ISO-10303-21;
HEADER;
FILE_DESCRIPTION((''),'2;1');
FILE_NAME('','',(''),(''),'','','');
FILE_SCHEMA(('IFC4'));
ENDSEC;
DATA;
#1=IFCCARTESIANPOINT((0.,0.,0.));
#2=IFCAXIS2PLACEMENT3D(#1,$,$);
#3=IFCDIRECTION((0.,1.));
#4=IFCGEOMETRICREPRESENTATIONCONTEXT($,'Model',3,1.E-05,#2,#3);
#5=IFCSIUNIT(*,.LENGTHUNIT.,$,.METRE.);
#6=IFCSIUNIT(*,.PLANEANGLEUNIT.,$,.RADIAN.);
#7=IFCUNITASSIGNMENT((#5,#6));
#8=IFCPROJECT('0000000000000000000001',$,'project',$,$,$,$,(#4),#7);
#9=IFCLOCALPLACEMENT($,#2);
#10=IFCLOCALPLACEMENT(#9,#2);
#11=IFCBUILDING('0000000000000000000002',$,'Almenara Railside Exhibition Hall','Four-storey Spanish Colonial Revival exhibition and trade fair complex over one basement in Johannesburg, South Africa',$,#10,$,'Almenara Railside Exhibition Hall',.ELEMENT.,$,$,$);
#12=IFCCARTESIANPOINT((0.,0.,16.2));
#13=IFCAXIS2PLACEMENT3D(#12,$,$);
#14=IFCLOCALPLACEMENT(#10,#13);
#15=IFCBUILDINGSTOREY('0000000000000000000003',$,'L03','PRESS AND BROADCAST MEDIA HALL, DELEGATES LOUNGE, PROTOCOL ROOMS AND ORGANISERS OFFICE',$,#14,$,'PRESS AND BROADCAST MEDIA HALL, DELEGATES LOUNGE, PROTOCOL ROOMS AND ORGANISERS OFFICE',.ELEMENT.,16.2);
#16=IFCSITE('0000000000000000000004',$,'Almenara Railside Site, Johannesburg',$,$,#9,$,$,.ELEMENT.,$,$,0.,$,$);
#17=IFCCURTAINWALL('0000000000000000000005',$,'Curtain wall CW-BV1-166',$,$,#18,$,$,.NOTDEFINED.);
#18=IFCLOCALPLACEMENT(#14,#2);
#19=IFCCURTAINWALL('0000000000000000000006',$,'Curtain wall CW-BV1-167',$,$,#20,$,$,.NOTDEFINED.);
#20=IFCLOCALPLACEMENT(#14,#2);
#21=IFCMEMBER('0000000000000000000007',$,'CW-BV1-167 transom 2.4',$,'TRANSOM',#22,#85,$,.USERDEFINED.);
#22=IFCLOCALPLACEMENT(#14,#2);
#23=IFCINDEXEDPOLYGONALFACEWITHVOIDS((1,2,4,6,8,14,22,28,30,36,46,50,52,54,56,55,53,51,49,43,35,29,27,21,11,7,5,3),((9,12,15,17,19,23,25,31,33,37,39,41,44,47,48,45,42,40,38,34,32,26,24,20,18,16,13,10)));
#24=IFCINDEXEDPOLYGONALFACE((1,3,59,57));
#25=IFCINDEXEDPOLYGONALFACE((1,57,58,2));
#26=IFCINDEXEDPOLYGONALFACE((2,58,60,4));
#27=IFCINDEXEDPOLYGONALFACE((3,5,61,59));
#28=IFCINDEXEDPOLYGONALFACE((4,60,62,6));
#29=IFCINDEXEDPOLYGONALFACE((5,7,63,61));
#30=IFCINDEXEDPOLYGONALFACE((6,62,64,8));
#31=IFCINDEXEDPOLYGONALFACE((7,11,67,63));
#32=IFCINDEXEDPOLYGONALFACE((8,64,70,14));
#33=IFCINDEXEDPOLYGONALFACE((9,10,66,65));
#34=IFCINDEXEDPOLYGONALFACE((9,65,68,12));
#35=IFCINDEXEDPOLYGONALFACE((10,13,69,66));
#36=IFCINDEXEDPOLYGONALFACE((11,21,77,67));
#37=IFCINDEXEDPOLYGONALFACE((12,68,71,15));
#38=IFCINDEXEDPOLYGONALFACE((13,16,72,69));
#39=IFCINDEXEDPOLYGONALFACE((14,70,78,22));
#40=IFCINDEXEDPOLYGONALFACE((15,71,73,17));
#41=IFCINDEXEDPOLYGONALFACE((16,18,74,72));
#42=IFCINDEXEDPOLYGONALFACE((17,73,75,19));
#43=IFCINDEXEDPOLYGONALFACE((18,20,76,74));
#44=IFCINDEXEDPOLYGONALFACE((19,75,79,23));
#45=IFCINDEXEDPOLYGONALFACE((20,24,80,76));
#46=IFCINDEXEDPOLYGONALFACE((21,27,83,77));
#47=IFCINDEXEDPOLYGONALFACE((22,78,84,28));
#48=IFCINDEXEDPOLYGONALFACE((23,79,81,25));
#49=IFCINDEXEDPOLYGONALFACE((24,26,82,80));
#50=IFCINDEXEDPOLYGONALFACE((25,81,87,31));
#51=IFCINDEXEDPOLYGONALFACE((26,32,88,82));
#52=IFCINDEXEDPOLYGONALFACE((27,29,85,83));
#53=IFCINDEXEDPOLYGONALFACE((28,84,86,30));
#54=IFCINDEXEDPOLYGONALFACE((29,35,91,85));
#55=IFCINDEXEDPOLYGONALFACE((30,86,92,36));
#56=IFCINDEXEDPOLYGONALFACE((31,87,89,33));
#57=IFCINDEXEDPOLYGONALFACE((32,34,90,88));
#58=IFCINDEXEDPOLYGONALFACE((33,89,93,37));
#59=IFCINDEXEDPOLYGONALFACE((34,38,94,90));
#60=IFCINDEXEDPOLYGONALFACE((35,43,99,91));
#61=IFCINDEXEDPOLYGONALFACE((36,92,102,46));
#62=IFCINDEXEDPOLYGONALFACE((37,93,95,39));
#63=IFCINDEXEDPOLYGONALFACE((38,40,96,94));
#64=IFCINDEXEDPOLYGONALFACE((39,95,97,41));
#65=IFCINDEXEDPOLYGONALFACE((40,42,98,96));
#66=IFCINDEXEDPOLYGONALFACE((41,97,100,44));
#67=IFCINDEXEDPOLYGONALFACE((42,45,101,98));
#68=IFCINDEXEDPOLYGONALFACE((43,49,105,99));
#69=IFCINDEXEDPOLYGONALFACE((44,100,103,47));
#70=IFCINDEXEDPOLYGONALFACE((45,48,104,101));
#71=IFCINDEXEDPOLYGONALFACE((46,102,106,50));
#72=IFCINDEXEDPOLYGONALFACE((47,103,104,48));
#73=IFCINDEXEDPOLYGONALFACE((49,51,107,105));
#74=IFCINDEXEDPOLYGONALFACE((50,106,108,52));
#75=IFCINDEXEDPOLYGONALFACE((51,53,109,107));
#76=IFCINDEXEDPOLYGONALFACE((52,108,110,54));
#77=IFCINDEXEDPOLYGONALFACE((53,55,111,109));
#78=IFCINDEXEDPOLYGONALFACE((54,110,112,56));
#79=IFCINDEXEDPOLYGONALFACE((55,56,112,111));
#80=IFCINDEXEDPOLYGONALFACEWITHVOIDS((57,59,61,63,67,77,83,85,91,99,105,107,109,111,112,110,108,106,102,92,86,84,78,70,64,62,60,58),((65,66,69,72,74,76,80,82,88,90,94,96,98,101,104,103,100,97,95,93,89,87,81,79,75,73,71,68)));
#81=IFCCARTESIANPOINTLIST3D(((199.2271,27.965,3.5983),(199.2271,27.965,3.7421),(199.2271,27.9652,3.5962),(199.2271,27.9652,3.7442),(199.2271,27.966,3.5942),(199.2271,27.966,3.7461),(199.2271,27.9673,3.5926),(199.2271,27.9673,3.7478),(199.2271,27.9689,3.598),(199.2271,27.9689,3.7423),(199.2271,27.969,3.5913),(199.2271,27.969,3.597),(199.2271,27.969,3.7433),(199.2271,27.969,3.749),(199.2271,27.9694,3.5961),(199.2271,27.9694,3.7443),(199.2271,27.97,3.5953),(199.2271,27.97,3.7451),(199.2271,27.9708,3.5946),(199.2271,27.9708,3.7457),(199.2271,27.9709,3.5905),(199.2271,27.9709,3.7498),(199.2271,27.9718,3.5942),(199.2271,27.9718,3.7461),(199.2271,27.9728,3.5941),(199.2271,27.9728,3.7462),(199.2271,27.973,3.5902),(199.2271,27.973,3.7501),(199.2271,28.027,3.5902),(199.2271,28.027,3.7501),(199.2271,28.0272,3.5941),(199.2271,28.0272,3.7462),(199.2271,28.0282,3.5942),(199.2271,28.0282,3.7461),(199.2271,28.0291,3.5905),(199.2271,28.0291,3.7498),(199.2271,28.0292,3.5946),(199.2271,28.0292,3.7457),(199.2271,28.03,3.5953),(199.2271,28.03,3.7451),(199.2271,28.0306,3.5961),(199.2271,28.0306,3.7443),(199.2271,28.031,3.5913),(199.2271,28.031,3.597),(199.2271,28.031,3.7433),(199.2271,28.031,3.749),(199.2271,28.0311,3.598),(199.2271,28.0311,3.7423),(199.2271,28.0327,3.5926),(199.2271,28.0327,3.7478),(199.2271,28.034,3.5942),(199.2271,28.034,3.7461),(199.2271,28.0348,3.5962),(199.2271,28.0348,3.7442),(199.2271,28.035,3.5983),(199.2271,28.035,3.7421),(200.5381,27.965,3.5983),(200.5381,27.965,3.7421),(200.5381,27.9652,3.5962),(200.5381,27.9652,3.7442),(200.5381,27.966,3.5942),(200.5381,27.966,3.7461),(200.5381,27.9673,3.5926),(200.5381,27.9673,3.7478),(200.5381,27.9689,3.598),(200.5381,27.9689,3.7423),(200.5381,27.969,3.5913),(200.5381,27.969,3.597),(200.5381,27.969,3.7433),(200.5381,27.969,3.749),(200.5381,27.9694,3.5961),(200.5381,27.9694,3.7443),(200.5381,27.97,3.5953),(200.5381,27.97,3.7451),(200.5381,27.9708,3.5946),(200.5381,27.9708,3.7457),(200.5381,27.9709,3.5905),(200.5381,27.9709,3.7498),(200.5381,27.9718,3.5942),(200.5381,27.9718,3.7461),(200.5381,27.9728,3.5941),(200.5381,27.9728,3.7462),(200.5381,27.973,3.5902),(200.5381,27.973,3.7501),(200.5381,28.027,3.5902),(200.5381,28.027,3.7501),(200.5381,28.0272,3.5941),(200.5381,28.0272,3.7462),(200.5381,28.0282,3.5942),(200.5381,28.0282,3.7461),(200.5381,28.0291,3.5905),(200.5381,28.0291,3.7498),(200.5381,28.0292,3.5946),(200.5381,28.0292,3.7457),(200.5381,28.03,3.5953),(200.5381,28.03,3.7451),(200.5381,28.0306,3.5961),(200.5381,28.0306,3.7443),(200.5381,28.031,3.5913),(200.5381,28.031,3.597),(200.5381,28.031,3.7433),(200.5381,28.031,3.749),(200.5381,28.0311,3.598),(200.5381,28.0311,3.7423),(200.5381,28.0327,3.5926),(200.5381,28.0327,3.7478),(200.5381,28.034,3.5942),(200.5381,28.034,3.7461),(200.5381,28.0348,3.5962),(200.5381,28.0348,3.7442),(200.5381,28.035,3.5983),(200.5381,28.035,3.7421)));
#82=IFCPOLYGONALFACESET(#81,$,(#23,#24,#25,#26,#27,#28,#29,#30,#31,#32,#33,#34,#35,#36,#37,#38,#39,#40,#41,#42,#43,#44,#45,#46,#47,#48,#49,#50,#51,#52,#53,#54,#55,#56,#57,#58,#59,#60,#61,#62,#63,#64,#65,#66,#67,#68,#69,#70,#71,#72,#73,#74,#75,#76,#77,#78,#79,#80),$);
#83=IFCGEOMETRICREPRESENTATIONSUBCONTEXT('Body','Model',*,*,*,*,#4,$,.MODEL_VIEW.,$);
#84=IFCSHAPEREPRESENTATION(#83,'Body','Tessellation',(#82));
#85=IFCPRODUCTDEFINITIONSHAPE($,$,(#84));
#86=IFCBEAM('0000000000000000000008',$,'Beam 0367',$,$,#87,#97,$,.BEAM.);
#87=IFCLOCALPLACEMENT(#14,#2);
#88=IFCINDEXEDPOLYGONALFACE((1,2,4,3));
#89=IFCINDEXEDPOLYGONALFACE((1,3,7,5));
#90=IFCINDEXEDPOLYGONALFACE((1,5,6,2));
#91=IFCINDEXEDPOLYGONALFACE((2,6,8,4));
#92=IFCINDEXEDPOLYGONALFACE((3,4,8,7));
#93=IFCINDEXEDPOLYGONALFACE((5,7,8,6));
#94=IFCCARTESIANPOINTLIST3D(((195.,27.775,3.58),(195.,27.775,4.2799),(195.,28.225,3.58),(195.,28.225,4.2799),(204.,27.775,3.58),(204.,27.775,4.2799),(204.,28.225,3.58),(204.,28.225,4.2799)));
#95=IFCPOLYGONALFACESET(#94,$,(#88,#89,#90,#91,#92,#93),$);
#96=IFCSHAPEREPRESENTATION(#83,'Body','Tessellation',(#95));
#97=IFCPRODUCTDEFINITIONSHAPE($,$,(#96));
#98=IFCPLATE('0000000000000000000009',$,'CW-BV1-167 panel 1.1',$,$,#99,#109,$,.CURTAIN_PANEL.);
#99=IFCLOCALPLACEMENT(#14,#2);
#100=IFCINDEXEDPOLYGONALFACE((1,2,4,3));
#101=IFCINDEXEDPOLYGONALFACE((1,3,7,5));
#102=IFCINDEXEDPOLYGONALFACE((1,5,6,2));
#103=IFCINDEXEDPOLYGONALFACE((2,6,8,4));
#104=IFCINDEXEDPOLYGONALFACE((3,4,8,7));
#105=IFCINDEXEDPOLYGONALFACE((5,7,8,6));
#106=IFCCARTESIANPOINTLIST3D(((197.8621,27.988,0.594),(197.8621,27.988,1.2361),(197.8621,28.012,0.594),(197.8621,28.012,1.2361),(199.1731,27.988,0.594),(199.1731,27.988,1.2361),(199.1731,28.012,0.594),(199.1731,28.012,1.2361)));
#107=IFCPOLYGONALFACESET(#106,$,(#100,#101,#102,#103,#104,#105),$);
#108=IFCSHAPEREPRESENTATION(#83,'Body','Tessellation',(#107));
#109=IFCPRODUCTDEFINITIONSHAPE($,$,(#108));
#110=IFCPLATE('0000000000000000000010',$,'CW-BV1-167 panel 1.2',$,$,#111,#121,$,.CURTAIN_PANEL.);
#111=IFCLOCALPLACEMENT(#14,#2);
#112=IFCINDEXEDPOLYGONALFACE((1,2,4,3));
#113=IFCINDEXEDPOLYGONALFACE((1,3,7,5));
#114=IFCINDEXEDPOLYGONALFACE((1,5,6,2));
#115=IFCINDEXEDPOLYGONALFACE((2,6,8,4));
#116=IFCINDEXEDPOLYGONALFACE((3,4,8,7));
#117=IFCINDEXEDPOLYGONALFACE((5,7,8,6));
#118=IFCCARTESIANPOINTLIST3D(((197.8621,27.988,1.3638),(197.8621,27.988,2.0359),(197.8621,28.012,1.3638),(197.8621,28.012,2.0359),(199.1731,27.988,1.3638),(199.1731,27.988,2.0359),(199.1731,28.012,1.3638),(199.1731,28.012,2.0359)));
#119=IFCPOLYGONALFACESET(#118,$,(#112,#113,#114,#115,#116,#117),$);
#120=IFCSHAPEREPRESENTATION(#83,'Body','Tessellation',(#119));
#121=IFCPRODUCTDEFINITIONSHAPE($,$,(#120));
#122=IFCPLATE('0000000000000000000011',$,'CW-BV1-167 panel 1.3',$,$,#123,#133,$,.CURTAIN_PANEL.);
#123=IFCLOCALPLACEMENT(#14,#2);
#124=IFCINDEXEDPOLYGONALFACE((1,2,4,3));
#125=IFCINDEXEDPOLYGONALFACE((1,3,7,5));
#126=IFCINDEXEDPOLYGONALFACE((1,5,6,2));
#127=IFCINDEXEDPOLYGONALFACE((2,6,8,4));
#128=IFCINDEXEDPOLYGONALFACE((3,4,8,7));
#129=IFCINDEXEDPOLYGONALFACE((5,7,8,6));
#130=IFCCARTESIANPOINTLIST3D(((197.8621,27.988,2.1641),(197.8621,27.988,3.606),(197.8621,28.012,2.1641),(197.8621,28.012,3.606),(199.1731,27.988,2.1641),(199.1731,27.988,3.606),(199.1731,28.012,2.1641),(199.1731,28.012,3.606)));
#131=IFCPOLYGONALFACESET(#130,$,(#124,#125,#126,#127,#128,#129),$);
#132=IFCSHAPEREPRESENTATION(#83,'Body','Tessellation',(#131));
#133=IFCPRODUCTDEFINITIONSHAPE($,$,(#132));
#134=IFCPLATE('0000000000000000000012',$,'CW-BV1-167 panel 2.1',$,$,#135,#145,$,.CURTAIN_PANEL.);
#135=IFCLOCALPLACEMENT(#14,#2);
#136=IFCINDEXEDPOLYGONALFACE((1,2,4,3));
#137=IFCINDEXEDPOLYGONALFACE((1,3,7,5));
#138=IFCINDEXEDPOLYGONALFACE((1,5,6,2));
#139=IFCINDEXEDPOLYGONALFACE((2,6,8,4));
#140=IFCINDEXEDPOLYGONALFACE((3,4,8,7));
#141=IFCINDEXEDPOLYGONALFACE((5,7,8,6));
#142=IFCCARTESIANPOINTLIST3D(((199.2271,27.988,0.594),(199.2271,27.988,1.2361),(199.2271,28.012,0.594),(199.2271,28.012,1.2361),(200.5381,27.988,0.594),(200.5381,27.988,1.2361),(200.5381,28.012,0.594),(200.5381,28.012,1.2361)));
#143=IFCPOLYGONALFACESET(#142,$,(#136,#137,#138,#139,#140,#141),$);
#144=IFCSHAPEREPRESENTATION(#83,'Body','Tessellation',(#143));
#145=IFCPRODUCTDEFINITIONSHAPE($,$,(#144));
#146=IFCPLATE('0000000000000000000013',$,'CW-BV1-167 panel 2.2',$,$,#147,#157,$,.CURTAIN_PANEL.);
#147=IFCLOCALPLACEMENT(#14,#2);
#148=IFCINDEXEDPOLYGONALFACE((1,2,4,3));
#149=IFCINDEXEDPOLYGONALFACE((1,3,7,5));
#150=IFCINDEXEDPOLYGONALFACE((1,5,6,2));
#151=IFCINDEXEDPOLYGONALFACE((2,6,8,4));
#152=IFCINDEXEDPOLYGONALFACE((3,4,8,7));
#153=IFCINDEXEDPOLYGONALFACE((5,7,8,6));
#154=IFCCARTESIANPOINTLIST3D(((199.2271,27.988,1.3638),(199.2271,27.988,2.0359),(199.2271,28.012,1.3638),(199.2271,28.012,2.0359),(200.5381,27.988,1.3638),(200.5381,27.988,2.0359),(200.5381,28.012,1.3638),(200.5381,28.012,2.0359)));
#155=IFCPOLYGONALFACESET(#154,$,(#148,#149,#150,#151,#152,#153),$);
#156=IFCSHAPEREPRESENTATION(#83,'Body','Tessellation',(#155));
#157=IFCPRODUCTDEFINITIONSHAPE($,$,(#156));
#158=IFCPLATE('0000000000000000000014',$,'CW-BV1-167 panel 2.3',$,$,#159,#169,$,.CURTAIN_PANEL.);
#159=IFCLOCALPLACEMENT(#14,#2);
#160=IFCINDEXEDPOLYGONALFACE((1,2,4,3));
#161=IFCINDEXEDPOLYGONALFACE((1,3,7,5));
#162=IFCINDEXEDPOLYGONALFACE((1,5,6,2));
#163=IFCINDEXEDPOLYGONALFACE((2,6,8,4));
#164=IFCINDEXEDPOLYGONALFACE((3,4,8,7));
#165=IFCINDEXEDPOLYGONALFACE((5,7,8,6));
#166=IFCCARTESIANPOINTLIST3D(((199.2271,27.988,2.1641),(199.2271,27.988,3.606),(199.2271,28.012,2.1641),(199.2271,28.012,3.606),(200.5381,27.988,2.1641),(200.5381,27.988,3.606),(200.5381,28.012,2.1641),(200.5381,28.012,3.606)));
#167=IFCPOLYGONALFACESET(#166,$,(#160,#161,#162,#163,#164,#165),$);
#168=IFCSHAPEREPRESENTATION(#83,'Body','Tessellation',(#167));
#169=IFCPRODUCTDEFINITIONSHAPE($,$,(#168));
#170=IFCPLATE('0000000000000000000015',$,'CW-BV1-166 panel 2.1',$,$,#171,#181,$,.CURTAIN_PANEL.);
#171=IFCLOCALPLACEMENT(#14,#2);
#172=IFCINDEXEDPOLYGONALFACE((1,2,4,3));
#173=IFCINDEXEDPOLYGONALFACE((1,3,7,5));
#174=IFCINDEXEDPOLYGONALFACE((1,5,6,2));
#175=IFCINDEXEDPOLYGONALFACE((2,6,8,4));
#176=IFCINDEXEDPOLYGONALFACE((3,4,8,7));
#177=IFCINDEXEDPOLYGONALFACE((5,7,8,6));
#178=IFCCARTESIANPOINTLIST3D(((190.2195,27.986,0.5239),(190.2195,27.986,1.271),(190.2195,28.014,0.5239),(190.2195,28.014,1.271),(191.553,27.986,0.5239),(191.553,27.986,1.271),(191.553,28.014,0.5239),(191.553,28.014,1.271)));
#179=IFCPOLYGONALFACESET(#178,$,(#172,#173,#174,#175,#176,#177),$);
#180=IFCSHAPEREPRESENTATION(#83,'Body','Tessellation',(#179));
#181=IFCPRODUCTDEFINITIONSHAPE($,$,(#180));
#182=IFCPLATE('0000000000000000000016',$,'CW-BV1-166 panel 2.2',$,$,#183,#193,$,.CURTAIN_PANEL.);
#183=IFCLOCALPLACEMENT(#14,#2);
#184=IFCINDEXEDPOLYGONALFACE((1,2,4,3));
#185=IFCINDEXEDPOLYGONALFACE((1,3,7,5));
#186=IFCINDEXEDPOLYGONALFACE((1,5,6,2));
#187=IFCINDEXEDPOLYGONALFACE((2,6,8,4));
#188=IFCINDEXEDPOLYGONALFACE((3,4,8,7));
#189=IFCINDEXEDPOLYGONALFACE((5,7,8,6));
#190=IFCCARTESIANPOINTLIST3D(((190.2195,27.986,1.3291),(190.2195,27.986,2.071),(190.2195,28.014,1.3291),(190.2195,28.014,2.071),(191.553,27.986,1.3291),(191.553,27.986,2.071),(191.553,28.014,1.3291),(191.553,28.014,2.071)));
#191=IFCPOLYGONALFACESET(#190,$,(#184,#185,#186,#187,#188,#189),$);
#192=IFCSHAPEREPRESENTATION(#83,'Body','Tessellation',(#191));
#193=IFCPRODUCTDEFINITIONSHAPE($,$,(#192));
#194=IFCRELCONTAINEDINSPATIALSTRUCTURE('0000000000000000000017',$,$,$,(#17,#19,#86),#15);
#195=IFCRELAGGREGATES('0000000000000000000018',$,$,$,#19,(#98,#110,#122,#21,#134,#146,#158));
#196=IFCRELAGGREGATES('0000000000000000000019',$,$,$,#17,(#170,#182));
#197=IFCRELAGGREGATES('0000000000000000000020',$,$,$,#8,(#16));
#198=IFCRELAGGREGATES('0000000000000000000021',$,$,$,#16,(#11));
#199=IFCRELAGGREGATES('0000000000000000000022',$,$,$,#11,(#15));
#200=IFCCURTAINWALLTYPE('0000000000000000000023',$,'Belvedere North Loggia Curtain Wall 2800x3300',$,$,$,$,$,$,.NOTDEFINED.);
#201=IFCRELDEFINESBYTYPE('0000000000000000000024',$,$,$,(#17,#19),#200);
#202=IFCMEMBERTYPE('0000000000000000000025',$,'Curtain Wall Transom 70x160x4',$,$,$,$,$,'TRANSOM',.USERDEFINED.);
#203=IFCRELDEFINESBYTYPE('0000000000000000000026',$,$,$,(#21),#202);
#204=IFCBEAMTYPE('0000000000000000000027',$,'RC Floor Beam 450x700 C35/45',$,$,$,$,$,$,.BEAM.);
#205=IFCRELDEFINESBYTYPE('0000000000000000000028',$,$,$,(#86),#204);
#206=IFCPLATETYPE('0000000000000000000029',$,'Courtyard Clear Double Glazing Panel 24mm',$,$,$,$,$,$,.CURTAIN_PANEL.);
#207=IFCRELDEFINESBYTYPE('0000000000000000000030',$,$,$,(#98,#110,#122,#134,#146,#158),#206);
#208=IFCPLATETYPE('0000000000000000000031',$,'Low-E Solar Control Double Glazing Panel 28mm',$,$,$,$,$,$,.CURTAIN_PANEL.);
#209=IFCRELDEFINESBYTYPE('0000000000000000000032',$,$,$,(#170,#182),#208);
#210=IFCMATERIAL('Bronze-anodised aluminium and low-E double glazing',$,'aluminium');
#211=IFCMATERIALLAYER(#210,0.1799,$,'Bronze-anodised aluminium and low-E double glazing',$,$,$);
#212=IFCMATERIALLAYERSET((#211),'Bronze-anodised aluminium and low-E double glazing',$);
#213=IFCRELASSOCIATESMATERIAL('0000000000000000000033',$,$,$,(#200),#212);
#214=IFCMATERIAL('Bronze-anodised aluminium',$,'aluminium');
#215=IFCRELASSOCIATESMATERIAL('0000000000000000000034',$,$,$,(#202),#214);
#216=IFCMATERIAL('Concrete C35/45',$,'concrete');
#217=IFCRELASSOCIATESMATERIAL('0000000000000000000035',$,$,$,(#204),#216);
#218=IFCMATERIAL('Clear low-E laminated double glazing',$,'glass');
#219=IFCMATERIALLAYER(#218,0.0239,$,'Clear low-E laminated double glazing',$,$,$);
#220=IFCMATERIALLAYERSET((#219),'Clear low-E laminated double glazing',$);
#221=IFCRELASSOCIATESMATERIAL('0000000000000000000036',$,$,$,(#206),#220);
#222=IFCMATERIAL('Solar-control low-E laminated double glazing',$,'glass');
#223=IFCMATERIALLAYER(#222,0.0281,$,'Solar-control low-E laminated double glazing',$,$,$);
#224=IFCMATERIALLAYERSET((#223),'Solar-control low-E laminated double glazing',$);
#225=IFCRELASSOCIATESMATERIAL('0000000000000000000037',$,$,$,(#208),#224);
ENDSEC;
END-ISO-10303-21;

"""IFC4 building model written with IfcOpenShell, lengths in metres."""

from ifc_helpers import new_model, si_unit, direction, frame, origin, origin_2d, place, context, subcontext, project, spatial, rectangle, hollow_rectangle, extrude, material, layer, layer_set, material_profile, profile_set, type_object, element, aggregate, save


model = new_model("IFC4")

# Units and contexts
model_context = context("Model", 3, precision=1e-05, world=origin(), true_north=direction((0.0, 1.0)))
body_context = subcontext(model_context, "Body", "Model", "MODEL_VIEW")
ifc_project = project(units=[si_unit("LENGTHUNIT", "METRE"), si_unit("PLANEANGLEUNIT", "RADIAN")], contexts=[model_context])

# Site, building, storey
site_placement = place(None, origin())
site = spatial("IfcSite", under=ifc_project, at=site_placement, Name="Almenara Railside Site, Johannesburg", CompositionType="ELEMENT", RefElevation=0.0)
building_placement = place(site_placement, origin())
building = spatial("IfcBuilding", under=site, at=building_placement, Name="Almenara Railside Exhibition Hall", Description="Four-storey Spanish Colonial Revival exhibition and trade fair complex over one basement in Johannesburg, South Africa", LongName="Almenara Railside Exhibition Hall", CompositionType="ELEMENT")
storey_placement = place(building_placement, frame((0.0, 0.0, 16.2)))
storey = spatial("IfcBuildingStorey", under=building, at=storey_placement, Name="L03", Description="PRESS AND BROADCAST MEDIA HALL, DELEGATES LOUNGE, PROTOCOL ROOMS AND ORGANISERS OFFICE", LongName="PRESS AND BROADCAST MEDIA HALL, DELEGATES LOUNGE, PROTOCOL ROOMS AND ORGANISERS OFFICE", CompositionType="ELEMENT", Elevation=16.2)

# Shared definitions
ifc_material_1 = material(Name="Concrete C35/45", Category="concrete")

# Curtain walls
ifc_material_2 = material(Name="Bronze-anodised aluminium and low-E double glazing", Category="aluminium")
ifc_layer_1 = layer(ifc_material_2, 0.1799, Name="Bronze-anodised aluminium and low-E double glazing")
ifc_layer_set_1 = layer_set([ifc_layer_1], Name="Bronze-anodised aluminium and low-E double glazing")
curtain_wall_type = type_object("IfcCurtainWallType", Name="Belvedere North Loggia Curtain Wall 2800x3300", PredefinedType="NOTDEFINED", material=ifc_layer_set_1)
curtain_wall_1_placement = place(storey_placement, origin())
curtain_wall_1 = element("IfcCurtainWall", 1, at=curtain_wall_1_placement, inside=storey, type_object=curtain_wall_type, Name="Curtain wall CW-BV1-166", PredefinedType="NOTDEFINED")
ifc_material_3 = material(Name="Bronze-anodised aluminium", Category="aluminium")
curtain_wall_2_placement = place(storey_placement, origin())
curtain_wall_2 = element("IfcCurtainWall", 2, at=curtain_wall_2_placement, inside=storey, type_object=curtain_wall_type, Name="Curtain wall CW-BV1-167", PredefinedType="NOTDEFINED")

# Member
ifc_material_profile_1 = material_profile(ifc_material_3, hollow_rectangle(XDim=0.0701, YDim=0.1599, WallThickness=0.0039, InnerFilletRadius=0.0039, OuterFilletRadius=0.0081, at=origin_2d()), Name="ALU-TRN 70x160x4")
ifc_profile_set_1 = profile_set([ifc_material_profile_1], Name="Bronze-anodised aluminium")
member_type_1 = type_object("IfcMemberType", Name="Curtain Wall Transom 70x160x4", ElementType="TRANSOM", PredefinedType="USERDEFINED", material=ifc_profile_set_1)
member_1_placement = place(storey_placement, frame((199.2271, 28.0, 3.6702), z_axis=(1.0, 0.0, 0.0), x_axis=(0.0, 1.0, 0.0)))
member_1 = element("IfcMember", 3, at=member_1_placement, type_object=member_type_1, Name="CW-BV1-167 transom 2.4", ObjectType="TRANSOM", PredefinedType="USERDEFINED", context=body_context, shape_type="SweptSolid", body=[
    extrude(hollow_rectangle(XDim=0.0701, YDim=0.1599, WallThickness=0.0039, InnerFilletRadius=0.0039, OuterFilletRadius=0.0081, at=origin_2d()), origin(), (0.0, 0.0, 1.0), 1.311),
])

# Beam
ifc_material_profile_2 = material_profile(ifc_material_1, rectangle(XDim=0.45, YDim=0.7, at=origin_2d()), Name="RC 450x700")
ifc_profile_set_2 = profile_set([ifc_material_profile_2], Name="Concrete C35/45")
beam_type = type_object("IfcBeamType", Name="RC Floor Beam 450x700 C35/45", PredefinedType="BEAM", material=ifc_profile_set_2)
beam_placement = place(storey_placement, frame((195.0, 28.0, 3.9299), z_axis=(1.0, 0.0, 0.0), x_axis=(0.0, 1.0, 0.0)))
element("IfcBeam", 4, at=beam_placement, inside=storey, type_object=beam_type, Name="Beam 0367", PredefinedType="BEAM", context=body_context, shape_type="SweptSolid", body=[
    extrude(rectangle(XDim=0.45, YDim=0.7, at=origin_2d()), origin(), (0.0, 0.0, 1.0), 9.0),
])

# Plates
ifc_material_4 = material(Name="Clear low-E laminated double glazing", Category="glass")
ifc_layer_2 = layer(ifc_material_4, 0.0239, Name="Clear low-E laminated double glazing")
ifc_layer_set_2 = layer_set([ifc_layer_2], Name="Clear low-E laminated double glazing")
plate_type_1 = type_object("IfcPlateType", Name="Courtyard Clear Double Glazing Panel 24mm", PredefinedType="CURTAIN_PANEL", material=ifc_layer_set_2)
plate_1_placement = place(storey_placement, frame((198.5176, 28.0, 0.594), z_axis=(0.0, 0.0, 1.0), x_axis=(1.0, 0.0, 0.0)))
plate_1 = element("IfcPlate", 5, at=plate_1_placement, type_object=plate_type_1, Name="CW-BV1-167 panel 1.1", PredefinedType="CURTAIN_PANEL", context=body_context, shape_type="SweptSolid", body=[
    extrude(rectangle(XDim=1.311, YDim=0.0239, at=origin_2d()), origin(), (0.0, 0.0, 1.0), 0.6421),
])
plate_2_placement = place(storey_placement, frame((198.5176, 28.0, 1.3638), z_axis=(0.0, 0.0, 1.0), x_axis=(1.0, 0.0, 0.0)))
plate_2 = element("IfcPlate", 6, at=plate_2_placement, type_object=plate_type_1, Name="CW-BV1-167 panel 1.2", PredefinedType="CURTAIN_PANEL", context=body_context, shape_type="SweptSolid", body=[
    extrude(rectangle(XDim=1.311, YDim=0.0239, at=origin_2d()), origin(), (0.0, 0.0, 1.0), 0.6721),
])
plate_3_placement = place(storey_placement, frame((198.5176, 28.0, 2.1641), z_axis=(0.0, 0.0, 1.0), x_axis=(1.0, 0.0, 0.0)))
plate_3 = element("IfcPlate", 7, at=plate_3_placement, type_object=plate_type_1, Name="CW-BV1-167 panel 1.3", PredefinedType="CURTAIN_PANEL", context=body_context, shape_type="SweptSolid", body=[
    extrude(rectangle(XDim=1.311, YDim=0.0239, at=origin_2d()), origin(), (0.0, 0.0, 1.0), 1.4419),
])
plate_4_placement = place(storey_placement, frame((199.8826, 28.0, 0.594), z_axis=(0.0, 0.0, 1.0), x_axis=(1.0, 0.0, 0.0)))
plate_4 = element("IfcPlate", 8, at=plate_4_placement, type_object=plate_type_1, Name="CW-BV1-167 panel 2.1", PredefinedType="CURTAIN_PANEL", context=body_context, shape_type="SweptSolid", body=[
    extrude(rectangle(XDim=1.311, YDim=0.0239, at=origin_2d()), origin(), (0.0, 0.0, 1.0), 0.6421),
])
plate_5_placement = place(storey_placement, frame((199.8826, 28.0, 1.3638), z_axis=(0.0, 0.0, 1.0), x_axis=(1.0, 0.0, 0.0)))
plate_5 = element("IfcPlate", 9, at=plate_5_placement, type_object=plate_type_1, Name="CW-BV1-167 panel 2.2", PredefinedType="CURTAIN_PANEL", context=body_context, shape_type="SweptSolid", body=[
    extrude(rectangle(XDim=1.311, YDim=0.0239, at=origin_2d()), origin(), (0.0, 0.0, 1.0), 0.6721),
])
plate_6_placement = place(storey_placement, frame((199.8826, 28.0, 2.1641), z_axis=(0.0, 0.0, 1.0), x_axis=(1.0, 0.0, 0.0)))
plate_6 = element("IfcPlate", 10, at=plate_6_placement, type_object=plate_type_1, Name="CW-BV1-167 panel 2.3", PredefinedType="CURTAIN_PANEL", context=body_context, shape_type="SweptSolid", body=[
    extrude(rectangle(XDim=1.311, YDim=0.0239, at=origin_2d()), origin(), (0.0, 0.0, 1.0), 1.4419),
])
aggregate(curtain_wall_2, [plate_1, plate_2, plate_3, member_1, plate_4, plate_5, plate_6])
ifc_material_5 = material(Name="Solar-control low-E laminated double glazing", Category="glass")
ifc_layer_3 = layer(ifc_material_5, 0.0281, Name="Solar-control low-E laminated double glazing")
ifc_layer_set_3 = layer_set([ifc_layer_3], Name="Solar-control low-E laminated double glazing")
plate_type_2 = type_object("IfcPlateType", Name="Low-E Solar Control Double Glazing Panel 28mm", PredefinedType="CURTAIN_PANEL", material=ifc_layer_set_3)
plate_7_placement = place(storey_placement, frame((190.8862, 28.0, 0.5239), z_axis=(0.0, 0.0, 1.0), x_axis=(1.0, 0.0, 0.0)))
plate_7 = element("IfcPlate", 11, at=plate_7_placement, type_object=plate_type_2, Name="CW-BV1-166 panel 2.1", PredefinedType="CURTAIN_PANEL", context=body_context, shape_type="SweptSolid", body=[
    extrude(rectangle(XDim=1.3335, YDim=0.0281, at=origin_2d()), origin(), (0.0, 0.0, 1.0), 0.7471),
])
plate_8_placement = place(storey_placement, frame((190.8862, 28.0, 1.3291), z_axis=(0.0, 0.0, 1.0), x_axis=(1.0, 0.0, 0.0)))
plate_8 = element("IfcPlate", 12, at=plate_8_placement, type_object=plate_type_2, Name="CW-BV1-166 panel 2.2", PredefinedType="CURTAIN_PANEL", context=body_context, shape_type="SweptSolid", body=[
    extrude(rectangle(XDim=1.3335, YDim=0.0281, at=origin_2d()), origin(), (0.0, 0.0, 1.0), 0.7419),
])
aggregate(curtain_wall_1, [plate_7, plate_8])

save(model, "model.ifc")
